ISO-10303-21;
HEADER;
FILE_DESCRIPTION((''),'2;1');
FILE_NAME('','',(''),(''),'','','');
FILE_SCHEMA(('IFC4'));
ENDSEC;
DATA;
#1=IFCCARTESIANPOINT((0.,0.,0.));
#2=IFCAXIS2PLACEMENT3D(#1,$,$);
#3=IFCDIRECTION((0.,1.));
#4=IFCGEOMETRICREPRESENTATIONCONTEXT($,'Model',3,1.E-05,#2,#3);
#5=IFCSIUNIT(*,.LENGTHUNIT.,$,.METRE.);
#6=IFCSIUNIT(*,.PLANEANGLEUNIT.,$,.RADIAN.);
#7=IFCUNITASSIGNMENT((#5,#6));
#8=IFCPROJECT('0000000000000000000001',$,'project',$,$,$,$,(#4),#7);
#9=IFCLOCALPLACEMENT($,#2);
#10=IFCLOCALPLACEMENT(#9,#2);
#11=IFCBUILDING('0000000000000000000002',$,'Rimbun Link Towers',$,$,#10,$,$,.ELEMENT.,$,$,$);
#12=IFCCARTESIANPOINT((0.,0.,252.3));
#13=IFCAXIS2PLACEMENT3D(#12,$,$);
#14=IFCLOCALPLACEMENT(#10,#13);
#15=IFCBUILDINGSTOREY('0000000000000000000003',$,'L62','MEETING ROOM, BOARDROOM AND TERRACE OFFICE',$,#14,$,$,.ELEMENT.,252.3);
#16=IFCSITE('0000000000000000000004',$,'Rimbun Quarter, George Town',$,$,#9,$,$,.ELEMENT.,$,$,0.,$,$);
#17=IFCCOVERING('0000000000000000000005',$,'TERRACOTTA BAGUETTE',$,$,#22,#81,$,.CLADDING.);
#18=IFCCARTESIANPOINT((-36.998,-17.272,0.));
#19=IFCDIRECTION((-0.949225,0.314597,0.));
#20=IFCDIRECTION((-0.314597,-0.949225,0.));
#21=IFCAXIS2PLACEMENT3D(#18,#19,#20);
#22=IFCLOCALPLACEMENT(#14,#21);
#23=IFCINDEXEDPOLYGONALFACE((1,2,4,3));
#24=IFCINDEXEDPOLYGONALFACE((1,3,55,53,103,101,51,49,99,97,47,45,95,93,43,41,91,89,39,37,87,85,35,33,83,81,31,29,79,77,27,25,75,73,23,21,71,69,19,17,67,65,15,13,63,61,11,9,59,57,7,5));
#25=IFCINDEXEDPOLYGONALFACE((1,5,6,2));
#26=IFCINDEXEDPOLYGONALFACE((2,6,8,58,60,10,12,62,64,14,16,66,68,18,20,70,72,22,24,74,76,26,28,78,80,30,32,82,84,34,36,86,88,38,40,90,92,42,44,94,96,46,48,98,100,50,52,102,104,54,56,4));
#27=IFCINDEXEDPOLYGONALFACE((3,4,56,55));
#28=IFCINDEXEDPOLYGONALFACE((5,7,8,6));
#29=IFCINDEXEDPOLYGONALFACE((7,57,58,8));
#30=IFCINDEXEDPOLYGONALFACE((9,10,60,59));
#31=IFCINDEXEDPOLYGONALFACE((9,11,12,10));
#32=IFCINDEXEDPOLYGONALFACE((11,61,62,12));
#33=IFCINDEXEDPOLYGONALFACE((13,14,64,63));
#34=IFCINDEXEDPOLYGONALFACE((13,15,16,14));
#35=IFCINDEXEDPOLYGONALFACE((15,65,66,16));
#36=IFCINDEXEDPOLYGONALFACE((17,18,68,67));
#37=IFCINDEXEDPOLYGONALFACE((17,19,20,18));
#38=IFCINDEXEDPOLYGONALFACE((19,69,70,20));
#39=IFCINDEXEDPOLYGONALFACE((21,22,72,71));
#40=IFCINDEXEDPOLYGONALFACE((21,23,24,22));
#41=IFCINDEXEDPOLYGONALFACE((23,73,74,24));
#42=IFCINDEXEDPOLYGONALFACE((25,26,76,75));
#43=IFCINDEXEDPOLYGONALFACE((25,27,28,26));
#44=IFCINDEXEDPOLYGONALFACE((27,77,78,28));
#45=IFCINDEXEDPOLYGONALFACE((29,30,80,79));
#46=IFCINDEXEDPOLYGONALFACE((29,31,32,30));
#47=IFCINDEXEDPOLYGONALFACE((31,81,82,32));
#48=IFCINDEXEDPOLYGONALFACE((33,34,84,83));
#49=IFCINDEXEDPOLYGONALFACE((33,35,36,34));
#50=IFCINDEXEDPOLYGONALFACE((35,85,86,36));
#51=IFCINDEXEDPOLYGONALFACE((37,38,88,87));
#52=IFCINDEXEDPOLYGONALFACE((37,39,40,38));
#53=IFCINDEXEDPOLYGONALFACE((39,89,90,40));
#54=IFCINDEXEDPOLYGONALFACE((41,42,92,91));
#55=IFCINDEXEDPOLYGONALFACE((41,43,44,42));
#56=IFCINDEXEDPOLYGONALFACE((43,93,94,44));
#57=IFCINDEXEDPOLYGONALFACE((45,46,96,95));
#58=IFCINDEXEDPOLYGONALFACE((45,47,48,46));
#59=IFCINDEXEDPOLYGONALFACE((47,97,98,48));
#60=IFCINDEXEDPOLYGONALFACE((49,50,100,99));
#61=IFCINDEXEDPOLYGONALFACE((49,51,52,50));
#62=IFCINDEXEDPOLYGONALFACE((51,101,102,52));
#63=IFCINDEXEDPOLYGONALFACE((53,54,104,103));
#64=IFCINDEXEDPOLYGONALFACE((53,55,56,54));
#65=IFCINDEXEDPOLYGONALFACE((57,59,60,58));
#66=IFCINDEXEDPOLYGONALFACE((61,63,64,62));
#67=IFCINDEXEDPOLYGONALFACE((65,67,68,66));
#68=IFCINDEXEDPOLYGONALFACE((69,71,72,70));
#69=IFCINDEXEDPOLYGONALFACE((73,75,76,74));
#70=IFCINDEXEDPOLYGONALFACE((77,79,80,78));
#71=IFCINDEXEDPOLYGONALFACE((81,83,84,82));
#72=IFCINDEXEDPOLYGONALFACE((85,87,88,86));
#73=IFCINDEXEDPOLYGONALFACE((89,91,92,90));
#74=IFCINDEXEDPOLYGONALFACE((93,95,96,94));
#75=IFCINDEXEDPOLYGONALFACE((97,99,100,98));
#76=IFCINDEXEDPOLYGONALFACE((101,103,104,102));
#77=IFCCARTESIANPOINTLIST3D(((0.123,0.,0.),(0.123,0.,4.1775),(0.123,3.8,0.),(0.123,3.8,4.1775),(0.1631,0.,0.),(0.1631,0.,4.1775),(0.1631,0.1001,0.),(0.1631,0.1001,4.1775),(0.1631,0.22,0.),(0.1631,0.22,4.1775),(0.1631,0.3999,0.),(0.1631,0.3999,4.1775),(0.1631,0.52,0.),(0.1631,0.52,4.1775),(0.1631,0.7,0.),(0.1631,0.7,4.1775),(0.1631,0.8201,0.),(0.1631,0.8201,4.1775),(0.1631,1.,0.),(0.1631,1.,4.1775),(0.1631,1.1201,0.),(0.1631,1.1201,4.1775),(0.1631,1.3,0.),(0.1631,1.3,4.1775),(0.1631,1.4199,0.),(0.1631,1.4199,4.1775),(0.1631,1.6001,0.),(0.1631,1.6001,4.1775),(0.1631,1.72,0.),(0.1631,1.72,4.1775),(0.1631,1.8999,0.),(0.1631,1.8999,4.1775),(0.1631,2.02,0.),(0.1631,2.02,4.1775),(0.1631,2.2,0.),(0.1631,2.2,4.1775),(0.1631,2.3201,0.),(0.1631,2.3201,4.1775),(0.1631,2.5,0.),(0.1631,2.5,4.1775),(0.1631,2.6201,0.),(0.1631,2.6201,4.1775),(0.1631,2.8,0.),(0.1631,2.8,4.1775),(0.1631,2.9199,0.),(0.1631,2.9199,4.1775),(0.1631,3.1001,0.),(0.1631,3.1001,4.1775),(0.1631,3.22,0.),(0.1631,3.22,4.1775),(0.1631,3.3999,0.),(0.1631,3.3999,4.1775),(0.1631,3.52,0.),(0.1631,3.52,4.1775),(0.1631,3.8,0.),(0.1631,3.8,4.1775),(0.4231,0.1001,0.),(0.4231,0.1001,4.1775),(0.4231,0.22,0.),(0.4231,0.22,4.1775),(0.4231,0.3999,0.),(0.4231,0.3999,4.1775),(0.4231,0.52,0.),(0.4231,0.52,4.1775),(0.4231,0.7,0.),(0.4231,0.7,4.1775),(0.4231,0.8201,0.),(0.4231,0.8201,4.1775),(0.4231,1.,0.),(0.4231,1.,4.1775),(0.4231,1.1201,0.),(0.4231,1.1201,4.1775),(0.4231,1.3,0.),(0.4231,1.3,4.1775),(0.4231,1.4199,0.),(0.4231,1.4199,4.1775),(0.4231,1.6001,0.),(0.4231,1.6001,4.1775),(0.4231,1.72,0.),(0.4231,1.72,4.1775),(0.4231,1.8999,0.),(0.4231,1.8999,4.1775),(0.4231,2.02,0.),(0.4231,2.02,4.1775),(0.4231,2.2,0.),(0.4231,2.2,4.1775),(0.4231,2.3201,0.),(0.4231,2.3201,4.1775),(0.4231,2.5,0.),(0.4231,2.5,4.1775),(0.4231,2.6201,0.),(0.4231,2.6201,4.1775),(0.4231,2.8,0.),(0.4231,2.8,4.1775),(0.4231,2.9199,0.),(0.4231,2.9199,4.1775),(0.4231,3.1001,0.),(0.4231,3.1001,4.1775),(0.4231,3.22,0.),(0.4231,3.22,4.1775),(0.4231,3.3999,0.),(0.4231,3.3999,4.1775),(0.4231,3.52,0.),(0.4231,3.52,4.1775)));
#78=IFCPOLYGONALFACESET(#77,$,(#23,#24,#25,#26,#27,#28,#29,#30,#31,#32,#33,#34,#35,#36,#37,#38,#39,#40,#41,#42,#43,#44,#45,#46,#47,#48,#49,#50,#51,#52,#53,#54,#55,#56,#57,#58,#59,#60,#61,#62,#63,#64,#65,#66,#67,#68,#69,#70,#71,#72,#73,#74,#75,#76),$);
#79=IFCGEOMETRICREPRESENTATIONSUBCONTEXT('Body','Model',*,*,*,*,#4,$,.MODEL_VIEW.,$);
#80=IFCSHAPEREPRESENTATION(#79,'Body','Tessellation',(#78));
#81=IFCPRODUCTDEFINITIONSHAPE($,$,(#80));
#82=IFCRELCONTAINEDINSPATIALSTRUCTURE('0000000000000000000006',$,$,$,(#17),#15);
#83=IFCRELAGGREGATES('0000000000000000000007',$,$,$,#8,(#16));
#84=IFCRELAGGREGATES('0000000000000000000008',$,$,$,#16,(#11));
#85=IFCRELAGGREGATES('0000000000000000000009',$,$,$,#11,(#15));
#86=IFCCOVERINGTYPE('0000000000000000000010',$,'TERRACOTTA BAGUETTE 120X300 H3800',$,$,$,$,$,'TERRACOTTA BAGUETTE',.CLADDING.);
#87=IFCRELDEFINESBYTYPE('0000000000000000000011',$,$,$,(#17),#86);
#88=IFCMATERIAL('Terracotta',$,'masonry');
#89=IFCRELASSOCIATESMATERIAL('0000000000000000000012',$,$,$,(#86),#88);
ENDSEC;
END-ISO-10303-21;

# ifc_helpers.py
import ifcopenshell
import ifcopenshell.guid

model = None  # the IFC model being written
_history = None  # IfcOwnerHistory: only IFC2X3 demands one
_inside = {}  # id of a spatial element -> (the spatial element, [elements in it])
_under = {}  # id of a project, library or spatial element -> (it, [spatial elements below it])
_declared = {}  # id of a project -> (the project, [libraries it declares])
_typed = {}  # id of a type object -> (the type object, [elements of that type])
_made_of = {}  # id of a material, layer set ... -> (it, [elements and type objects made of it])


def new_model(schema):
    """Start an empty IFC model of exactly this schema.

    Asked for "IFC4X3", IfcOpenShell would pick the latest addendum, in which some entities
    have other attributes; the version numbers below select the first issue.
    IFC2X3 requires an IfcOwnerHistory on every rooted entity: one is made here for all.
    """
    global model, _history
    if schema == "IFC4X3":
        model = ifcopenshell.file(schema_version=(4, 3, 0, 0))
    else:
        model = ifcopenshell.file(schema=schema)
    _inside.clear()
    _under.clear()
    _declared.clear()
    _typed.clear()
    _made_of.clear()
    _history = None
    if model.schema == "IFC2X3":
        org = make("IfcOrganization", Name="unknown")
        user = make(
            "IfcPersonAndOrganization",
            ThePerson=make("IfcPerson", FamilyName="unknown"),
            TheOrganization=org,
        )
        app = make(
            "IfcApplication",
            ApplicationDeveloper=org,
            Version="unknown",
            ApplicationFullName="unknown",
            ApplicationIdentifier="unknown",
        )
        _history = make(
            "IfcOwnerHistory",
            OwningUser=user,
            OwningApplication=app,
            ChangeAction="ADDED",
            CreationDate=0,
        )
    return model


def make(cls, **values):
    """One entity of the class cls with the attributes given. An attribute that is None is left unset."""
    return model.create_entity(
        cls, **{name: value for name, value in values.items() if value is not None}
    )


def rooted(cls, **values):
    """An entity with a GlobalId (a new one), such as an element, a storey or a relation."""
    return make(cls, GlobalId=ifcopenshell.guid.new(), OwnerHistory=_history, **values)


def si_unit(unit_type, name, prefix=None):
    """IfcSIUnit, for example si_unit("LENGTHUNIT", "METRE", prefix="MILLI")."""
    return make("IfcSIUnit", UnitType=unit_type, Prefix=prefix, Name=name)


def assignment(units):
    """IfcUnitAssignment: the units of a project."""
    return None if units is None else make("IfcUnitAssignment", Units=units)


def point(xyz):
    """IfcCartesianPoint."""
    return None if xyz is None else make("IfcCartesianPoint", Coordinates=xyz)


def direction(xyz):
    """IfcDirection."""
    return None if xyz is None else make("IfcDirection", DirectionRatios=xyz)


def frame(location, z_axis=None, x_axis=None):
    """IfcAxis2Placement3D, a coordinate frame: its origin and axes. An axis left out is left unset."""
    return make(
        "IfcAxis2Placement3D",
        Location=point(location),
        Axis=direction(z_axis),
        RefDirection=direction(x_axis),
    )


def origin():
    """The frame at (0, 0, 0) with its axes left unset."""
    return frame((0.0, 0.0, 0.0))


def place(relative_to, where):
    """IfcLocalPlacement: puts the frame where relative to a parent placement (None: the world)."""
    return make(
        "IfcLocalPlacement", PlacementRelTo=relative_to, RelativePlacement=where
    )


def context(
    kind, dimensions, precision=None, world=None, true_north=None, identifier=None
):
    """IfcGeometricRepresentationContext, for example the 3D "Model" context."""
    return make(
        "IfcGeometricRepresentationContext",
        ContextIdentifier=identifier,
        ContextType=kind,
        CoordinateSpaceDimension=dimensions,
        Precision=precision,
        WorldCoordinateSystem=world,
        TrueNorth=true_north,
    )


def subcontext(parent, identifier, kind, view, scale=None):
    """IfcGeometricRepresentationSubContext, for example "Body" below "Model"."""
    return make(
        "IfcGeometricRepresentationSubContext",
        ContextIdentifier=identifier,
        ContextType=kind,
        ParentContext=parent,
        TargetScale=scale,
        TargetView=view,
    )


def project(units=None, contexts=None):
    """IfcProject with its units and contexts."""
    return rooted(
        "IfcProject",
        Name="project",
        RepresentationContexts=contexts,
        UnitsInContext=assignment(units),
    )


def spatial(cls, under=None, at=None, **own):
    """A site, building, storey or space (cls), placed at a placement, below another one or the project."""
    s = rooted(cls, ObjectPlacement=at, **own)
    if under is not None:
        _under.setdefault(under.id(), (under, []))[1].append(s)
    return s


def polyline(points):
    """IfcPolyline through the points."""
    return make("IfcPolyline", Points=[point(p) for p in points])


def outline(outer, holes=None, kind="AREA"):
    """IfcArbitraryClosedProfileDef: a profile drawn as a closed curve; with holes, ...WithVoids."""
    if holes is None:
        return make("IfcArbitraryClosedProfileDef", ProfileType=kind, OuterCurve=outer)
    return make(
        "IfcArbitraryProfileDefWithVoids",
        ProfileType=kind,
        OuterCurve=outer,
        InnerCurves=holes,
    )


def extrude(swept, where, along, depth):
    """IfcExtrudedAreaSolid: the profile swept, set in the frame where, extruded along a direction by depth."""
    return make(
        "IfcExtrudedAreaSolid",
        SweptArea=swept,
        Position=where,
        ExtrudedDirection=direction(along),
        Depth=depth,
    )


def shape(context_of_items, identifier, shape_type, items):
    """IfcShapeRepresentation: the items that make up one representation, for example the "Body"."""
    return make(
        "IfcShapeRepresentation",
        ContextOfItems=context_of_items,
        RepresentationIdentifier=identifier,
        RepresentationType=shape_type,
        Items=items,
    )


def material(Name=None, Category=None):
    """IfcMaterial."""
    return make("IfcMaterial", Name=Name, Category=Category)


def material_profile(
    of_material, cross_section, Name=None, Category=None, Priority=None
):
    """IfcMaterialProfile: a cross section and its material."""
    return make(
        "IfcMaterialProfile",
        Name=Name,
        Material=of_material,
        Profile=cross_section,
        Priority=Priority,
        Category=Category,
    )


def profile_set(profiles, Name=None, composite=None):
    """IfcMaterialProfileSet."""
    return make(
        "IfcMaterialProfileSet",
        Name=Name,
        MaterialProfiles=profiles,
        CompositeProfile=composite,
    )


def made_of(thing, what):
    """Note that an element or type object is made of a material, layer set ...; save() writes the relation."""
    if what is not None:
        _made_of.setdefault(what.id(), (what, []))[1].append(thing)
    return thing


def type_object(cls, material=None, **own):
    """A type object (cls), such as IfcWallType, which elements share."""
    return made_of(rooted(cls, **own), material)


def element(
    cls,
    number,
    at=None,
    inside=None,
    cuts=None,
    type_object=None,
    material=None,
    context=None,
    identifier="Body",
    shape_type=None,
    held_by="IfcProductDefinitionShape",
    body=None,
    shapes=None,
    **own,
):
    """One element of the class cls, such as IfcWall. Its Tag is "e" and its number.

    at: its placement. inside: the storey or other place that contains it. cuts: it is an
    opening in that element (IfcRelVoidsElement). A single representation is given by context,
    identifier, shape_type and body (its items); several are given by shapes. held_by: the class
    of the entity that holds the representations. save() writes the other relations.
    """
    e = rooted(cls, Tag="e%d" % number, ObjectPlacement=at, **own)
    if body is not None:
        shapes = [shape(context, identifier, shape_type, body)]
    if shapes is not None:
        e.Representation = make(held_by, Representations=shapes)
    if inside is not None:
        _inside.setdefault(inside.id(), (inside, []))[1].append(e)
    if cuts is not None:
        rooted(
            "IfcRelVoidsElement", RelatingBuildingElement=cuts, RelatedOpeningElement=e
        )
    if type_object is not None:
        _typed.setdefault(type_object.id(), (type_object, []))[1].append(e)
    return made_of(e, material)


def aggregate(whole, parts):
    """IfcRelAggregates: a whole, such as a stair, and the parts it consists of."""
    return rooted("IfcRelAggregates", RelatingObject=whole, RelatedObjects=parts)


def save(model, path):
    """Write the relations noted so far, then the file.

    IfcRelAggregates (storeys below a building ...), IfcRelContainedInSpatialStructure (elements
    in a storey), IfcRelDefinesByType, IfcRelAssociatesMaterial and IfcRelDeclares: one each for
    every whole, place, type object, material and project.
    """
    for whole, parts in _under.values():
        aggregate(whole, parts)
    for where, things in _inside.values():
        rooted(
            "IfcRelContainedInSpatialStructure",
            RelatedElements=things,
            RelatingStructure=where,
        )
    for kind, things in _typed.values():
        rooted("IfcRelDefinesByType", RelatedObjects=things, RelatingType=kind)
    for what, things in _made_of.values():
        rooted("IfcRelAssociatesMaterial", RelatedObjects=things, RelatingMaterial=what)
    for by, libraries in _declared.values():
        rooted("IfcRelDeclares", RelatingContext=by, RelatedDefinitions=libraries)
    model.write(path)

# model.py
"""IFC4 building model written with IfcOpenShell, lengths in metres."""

from ifc_helpers import new_model, si_unit, direction, frame, origin, place, context, subcontext, project, spatial, polyline, outline, extrude, material, material_profile, profile_set, type_object, element, save


model = new_model("IFC4")

# Units and contexts
model_context = context("Model", 3, precision=1e-05, world=origin(), true_north=direction((0.0, 1.0)))
body_context = subcontext(model_context, "Body", "Model", "MODEL_VIEW")
ifc_project = project(units=[si_unit("LENGTHUNIT", "METRE"), si_unit("PLANEANGLEUNIT", "RADIAN")], contexts=[model_context])

# Site, building, storey
site_placement = place(None, origin())
site = spatial("IfcSite", under=ifc_project, at=site_placement, Name="Rimbun Quarter, George Town", CompositionType="ELEMENT", RefElevation=0.0)
building_placement = place(site_placement, origin())
building = spatial("IfcBuilding", under=site, at=building_placement, Name="Rimbun Link Towers", CompositionType="ELEMENT")
storey_placement = place(building_placement, frame((0.0, 0.0, 252.3)))
storey = spatial("IfcBuildingStorey", under=building, at=storey_placement, Name="L62", Description="MEETING ROOM, BOARDROOM AND TERRACE OFFICE", CompositionType="ELEMENT", Elevation=252.3)

# Covering
ifc_material_1 = material(Name="Terracotta", Category="masonry")
ifc_material_profile_1 = material_profile(ifc_material_1, outline(polyline([(0.123, 0.0), (0.1631, 0.0), (0.1631, 0.1001), (0.4231, 0.1001), (0.4231, 0.22), (0.1631, 0.22), (0.1631, 0.3999), (0.4231, 0.3999), (0.4231, 0.52), (0.1631, 0.52), (0.1631, 0.7), (0.4231, 0.7), (0.4231, 0.8201), (0.1631, 0.8201), (0.1631, 1.0), (0.4231, 1.0), (0.4231, 1.1201), (0.1631, 1.1201), (0.1631, 1.3), (0.4231, 1.3), (0.4231, 1.4199), (0.1631, 1.4199), (0.1631, 1.6001), (0.4231, 1.6001), (0.4231, 1.72), (0.1631, 1.72), (0.1631, 1.8999), (0.4231, 1.8999), (0.4231, 2.02), (0.1631, 2.02), (0.1631, 2.2), (0.4231, 2.2), (0.4231, 2.3201), (0.1631, 2.3201), (0.1631, 2.5), (0.4231, 2.5), (0.4231, 2.6201), (0.1631, 2.6201), (0.1631, 2.8), (0.4231, 2.8), (0.4231, 2.9199), (0.1631, 2.9199), (0.1631, 3.1001), (0.4231, 3.1001), (0.4231, 3.22), (0.1631, 3.22), (0.1631, 3.3999), (0.4231, 3.3999), (0.4231, 3.52), (0.1631, 3.52), (0.1631, 3.8), (0.123, 3.8), (0.123, 0.0)])), Name="BAGUETTE 120X300")
ifc_profile_set_1 = profile_set([ifc_material_profile_1], Name="Terracotta")
covering_type = type_object("IfcCoveringType", Name="TERRACOTTA BAGUETTE 120X300 H3800", ElementType="TERRACOTTA BAGUETTE", PredefinedType="CLADDING", material=ifc_profile_set_1)
covering_1_placement = place(storey_placement, frame((-36.998, -17.272, 0.0), z_axis=(-0.949225, 0.314597, 0.0), x_axis=(-0.314597, -0.949225, 0.0)))
element("IfcCovering", 1, at=covering_1_placement, inside=storey, type_object=covering_type, Name="TERRACOTTA BAGUETTE", PredefinedType="CLADDING", context=body_context, shape_type="SweptSolid", body=[
    extrude(outline(polyline([(0.123, 0.0), (0.1631, 0.0), (0.1631, 0.1001), (0.4231, 0.1001), (0.4231, 0.22), (0.1631, 0.22), (0.1631, 0.3999), (0.4231, 0.3999), (0.4231, 0.52), (0.1631, 0.52), (0.1631, 0.7), (0.4231, 0.7), (0.4231, 0.8201), (0.1631, 0.8201), (0.1631, 1.0), (0.4231, 1.0), (0.4231, 1.1201), (0.1631, 1.1201), (0.1631, 1.3), (0.4231, 1.3), (0.4231, 1.4199), (0.1631, 1.4199), (0.1631, 1.6001), (0.4231, 1.6001), (0.4231, 1.72), (0.1631, 1.72), (0.1631, 1.8999), (0.4231, 1.8999), (0.4231, 2.02), (0.1631, 2.02), (0.1631, 2.2), (0.4231, 2.2), (0.4231, 2.3201), (0.1631, 2.3201), (0.1631, 2.5), (0.4231, 2.5), (0.4231, 2.6201), (0.1631, 2.6201), (0.1631, 2.8), (0.4231, 2.8), (0.4231, 2.9199), (0.1631, 2.9199), (0.1631, 3.1001), (0.4231, 3.1001), (0.4231, 3.22), (0.1631, 3.22), (0.1631, 3.3999), (0.4231, 3.3999), (0.4231, 3.52), (0.1631, 3.52), (0.1631, 3.8), (0.123, 3.8), (0.123, 0.0)])), origin(), (0.0, 0.0, 1.0), 4.1775),
])

save(model, "model.ifc")
